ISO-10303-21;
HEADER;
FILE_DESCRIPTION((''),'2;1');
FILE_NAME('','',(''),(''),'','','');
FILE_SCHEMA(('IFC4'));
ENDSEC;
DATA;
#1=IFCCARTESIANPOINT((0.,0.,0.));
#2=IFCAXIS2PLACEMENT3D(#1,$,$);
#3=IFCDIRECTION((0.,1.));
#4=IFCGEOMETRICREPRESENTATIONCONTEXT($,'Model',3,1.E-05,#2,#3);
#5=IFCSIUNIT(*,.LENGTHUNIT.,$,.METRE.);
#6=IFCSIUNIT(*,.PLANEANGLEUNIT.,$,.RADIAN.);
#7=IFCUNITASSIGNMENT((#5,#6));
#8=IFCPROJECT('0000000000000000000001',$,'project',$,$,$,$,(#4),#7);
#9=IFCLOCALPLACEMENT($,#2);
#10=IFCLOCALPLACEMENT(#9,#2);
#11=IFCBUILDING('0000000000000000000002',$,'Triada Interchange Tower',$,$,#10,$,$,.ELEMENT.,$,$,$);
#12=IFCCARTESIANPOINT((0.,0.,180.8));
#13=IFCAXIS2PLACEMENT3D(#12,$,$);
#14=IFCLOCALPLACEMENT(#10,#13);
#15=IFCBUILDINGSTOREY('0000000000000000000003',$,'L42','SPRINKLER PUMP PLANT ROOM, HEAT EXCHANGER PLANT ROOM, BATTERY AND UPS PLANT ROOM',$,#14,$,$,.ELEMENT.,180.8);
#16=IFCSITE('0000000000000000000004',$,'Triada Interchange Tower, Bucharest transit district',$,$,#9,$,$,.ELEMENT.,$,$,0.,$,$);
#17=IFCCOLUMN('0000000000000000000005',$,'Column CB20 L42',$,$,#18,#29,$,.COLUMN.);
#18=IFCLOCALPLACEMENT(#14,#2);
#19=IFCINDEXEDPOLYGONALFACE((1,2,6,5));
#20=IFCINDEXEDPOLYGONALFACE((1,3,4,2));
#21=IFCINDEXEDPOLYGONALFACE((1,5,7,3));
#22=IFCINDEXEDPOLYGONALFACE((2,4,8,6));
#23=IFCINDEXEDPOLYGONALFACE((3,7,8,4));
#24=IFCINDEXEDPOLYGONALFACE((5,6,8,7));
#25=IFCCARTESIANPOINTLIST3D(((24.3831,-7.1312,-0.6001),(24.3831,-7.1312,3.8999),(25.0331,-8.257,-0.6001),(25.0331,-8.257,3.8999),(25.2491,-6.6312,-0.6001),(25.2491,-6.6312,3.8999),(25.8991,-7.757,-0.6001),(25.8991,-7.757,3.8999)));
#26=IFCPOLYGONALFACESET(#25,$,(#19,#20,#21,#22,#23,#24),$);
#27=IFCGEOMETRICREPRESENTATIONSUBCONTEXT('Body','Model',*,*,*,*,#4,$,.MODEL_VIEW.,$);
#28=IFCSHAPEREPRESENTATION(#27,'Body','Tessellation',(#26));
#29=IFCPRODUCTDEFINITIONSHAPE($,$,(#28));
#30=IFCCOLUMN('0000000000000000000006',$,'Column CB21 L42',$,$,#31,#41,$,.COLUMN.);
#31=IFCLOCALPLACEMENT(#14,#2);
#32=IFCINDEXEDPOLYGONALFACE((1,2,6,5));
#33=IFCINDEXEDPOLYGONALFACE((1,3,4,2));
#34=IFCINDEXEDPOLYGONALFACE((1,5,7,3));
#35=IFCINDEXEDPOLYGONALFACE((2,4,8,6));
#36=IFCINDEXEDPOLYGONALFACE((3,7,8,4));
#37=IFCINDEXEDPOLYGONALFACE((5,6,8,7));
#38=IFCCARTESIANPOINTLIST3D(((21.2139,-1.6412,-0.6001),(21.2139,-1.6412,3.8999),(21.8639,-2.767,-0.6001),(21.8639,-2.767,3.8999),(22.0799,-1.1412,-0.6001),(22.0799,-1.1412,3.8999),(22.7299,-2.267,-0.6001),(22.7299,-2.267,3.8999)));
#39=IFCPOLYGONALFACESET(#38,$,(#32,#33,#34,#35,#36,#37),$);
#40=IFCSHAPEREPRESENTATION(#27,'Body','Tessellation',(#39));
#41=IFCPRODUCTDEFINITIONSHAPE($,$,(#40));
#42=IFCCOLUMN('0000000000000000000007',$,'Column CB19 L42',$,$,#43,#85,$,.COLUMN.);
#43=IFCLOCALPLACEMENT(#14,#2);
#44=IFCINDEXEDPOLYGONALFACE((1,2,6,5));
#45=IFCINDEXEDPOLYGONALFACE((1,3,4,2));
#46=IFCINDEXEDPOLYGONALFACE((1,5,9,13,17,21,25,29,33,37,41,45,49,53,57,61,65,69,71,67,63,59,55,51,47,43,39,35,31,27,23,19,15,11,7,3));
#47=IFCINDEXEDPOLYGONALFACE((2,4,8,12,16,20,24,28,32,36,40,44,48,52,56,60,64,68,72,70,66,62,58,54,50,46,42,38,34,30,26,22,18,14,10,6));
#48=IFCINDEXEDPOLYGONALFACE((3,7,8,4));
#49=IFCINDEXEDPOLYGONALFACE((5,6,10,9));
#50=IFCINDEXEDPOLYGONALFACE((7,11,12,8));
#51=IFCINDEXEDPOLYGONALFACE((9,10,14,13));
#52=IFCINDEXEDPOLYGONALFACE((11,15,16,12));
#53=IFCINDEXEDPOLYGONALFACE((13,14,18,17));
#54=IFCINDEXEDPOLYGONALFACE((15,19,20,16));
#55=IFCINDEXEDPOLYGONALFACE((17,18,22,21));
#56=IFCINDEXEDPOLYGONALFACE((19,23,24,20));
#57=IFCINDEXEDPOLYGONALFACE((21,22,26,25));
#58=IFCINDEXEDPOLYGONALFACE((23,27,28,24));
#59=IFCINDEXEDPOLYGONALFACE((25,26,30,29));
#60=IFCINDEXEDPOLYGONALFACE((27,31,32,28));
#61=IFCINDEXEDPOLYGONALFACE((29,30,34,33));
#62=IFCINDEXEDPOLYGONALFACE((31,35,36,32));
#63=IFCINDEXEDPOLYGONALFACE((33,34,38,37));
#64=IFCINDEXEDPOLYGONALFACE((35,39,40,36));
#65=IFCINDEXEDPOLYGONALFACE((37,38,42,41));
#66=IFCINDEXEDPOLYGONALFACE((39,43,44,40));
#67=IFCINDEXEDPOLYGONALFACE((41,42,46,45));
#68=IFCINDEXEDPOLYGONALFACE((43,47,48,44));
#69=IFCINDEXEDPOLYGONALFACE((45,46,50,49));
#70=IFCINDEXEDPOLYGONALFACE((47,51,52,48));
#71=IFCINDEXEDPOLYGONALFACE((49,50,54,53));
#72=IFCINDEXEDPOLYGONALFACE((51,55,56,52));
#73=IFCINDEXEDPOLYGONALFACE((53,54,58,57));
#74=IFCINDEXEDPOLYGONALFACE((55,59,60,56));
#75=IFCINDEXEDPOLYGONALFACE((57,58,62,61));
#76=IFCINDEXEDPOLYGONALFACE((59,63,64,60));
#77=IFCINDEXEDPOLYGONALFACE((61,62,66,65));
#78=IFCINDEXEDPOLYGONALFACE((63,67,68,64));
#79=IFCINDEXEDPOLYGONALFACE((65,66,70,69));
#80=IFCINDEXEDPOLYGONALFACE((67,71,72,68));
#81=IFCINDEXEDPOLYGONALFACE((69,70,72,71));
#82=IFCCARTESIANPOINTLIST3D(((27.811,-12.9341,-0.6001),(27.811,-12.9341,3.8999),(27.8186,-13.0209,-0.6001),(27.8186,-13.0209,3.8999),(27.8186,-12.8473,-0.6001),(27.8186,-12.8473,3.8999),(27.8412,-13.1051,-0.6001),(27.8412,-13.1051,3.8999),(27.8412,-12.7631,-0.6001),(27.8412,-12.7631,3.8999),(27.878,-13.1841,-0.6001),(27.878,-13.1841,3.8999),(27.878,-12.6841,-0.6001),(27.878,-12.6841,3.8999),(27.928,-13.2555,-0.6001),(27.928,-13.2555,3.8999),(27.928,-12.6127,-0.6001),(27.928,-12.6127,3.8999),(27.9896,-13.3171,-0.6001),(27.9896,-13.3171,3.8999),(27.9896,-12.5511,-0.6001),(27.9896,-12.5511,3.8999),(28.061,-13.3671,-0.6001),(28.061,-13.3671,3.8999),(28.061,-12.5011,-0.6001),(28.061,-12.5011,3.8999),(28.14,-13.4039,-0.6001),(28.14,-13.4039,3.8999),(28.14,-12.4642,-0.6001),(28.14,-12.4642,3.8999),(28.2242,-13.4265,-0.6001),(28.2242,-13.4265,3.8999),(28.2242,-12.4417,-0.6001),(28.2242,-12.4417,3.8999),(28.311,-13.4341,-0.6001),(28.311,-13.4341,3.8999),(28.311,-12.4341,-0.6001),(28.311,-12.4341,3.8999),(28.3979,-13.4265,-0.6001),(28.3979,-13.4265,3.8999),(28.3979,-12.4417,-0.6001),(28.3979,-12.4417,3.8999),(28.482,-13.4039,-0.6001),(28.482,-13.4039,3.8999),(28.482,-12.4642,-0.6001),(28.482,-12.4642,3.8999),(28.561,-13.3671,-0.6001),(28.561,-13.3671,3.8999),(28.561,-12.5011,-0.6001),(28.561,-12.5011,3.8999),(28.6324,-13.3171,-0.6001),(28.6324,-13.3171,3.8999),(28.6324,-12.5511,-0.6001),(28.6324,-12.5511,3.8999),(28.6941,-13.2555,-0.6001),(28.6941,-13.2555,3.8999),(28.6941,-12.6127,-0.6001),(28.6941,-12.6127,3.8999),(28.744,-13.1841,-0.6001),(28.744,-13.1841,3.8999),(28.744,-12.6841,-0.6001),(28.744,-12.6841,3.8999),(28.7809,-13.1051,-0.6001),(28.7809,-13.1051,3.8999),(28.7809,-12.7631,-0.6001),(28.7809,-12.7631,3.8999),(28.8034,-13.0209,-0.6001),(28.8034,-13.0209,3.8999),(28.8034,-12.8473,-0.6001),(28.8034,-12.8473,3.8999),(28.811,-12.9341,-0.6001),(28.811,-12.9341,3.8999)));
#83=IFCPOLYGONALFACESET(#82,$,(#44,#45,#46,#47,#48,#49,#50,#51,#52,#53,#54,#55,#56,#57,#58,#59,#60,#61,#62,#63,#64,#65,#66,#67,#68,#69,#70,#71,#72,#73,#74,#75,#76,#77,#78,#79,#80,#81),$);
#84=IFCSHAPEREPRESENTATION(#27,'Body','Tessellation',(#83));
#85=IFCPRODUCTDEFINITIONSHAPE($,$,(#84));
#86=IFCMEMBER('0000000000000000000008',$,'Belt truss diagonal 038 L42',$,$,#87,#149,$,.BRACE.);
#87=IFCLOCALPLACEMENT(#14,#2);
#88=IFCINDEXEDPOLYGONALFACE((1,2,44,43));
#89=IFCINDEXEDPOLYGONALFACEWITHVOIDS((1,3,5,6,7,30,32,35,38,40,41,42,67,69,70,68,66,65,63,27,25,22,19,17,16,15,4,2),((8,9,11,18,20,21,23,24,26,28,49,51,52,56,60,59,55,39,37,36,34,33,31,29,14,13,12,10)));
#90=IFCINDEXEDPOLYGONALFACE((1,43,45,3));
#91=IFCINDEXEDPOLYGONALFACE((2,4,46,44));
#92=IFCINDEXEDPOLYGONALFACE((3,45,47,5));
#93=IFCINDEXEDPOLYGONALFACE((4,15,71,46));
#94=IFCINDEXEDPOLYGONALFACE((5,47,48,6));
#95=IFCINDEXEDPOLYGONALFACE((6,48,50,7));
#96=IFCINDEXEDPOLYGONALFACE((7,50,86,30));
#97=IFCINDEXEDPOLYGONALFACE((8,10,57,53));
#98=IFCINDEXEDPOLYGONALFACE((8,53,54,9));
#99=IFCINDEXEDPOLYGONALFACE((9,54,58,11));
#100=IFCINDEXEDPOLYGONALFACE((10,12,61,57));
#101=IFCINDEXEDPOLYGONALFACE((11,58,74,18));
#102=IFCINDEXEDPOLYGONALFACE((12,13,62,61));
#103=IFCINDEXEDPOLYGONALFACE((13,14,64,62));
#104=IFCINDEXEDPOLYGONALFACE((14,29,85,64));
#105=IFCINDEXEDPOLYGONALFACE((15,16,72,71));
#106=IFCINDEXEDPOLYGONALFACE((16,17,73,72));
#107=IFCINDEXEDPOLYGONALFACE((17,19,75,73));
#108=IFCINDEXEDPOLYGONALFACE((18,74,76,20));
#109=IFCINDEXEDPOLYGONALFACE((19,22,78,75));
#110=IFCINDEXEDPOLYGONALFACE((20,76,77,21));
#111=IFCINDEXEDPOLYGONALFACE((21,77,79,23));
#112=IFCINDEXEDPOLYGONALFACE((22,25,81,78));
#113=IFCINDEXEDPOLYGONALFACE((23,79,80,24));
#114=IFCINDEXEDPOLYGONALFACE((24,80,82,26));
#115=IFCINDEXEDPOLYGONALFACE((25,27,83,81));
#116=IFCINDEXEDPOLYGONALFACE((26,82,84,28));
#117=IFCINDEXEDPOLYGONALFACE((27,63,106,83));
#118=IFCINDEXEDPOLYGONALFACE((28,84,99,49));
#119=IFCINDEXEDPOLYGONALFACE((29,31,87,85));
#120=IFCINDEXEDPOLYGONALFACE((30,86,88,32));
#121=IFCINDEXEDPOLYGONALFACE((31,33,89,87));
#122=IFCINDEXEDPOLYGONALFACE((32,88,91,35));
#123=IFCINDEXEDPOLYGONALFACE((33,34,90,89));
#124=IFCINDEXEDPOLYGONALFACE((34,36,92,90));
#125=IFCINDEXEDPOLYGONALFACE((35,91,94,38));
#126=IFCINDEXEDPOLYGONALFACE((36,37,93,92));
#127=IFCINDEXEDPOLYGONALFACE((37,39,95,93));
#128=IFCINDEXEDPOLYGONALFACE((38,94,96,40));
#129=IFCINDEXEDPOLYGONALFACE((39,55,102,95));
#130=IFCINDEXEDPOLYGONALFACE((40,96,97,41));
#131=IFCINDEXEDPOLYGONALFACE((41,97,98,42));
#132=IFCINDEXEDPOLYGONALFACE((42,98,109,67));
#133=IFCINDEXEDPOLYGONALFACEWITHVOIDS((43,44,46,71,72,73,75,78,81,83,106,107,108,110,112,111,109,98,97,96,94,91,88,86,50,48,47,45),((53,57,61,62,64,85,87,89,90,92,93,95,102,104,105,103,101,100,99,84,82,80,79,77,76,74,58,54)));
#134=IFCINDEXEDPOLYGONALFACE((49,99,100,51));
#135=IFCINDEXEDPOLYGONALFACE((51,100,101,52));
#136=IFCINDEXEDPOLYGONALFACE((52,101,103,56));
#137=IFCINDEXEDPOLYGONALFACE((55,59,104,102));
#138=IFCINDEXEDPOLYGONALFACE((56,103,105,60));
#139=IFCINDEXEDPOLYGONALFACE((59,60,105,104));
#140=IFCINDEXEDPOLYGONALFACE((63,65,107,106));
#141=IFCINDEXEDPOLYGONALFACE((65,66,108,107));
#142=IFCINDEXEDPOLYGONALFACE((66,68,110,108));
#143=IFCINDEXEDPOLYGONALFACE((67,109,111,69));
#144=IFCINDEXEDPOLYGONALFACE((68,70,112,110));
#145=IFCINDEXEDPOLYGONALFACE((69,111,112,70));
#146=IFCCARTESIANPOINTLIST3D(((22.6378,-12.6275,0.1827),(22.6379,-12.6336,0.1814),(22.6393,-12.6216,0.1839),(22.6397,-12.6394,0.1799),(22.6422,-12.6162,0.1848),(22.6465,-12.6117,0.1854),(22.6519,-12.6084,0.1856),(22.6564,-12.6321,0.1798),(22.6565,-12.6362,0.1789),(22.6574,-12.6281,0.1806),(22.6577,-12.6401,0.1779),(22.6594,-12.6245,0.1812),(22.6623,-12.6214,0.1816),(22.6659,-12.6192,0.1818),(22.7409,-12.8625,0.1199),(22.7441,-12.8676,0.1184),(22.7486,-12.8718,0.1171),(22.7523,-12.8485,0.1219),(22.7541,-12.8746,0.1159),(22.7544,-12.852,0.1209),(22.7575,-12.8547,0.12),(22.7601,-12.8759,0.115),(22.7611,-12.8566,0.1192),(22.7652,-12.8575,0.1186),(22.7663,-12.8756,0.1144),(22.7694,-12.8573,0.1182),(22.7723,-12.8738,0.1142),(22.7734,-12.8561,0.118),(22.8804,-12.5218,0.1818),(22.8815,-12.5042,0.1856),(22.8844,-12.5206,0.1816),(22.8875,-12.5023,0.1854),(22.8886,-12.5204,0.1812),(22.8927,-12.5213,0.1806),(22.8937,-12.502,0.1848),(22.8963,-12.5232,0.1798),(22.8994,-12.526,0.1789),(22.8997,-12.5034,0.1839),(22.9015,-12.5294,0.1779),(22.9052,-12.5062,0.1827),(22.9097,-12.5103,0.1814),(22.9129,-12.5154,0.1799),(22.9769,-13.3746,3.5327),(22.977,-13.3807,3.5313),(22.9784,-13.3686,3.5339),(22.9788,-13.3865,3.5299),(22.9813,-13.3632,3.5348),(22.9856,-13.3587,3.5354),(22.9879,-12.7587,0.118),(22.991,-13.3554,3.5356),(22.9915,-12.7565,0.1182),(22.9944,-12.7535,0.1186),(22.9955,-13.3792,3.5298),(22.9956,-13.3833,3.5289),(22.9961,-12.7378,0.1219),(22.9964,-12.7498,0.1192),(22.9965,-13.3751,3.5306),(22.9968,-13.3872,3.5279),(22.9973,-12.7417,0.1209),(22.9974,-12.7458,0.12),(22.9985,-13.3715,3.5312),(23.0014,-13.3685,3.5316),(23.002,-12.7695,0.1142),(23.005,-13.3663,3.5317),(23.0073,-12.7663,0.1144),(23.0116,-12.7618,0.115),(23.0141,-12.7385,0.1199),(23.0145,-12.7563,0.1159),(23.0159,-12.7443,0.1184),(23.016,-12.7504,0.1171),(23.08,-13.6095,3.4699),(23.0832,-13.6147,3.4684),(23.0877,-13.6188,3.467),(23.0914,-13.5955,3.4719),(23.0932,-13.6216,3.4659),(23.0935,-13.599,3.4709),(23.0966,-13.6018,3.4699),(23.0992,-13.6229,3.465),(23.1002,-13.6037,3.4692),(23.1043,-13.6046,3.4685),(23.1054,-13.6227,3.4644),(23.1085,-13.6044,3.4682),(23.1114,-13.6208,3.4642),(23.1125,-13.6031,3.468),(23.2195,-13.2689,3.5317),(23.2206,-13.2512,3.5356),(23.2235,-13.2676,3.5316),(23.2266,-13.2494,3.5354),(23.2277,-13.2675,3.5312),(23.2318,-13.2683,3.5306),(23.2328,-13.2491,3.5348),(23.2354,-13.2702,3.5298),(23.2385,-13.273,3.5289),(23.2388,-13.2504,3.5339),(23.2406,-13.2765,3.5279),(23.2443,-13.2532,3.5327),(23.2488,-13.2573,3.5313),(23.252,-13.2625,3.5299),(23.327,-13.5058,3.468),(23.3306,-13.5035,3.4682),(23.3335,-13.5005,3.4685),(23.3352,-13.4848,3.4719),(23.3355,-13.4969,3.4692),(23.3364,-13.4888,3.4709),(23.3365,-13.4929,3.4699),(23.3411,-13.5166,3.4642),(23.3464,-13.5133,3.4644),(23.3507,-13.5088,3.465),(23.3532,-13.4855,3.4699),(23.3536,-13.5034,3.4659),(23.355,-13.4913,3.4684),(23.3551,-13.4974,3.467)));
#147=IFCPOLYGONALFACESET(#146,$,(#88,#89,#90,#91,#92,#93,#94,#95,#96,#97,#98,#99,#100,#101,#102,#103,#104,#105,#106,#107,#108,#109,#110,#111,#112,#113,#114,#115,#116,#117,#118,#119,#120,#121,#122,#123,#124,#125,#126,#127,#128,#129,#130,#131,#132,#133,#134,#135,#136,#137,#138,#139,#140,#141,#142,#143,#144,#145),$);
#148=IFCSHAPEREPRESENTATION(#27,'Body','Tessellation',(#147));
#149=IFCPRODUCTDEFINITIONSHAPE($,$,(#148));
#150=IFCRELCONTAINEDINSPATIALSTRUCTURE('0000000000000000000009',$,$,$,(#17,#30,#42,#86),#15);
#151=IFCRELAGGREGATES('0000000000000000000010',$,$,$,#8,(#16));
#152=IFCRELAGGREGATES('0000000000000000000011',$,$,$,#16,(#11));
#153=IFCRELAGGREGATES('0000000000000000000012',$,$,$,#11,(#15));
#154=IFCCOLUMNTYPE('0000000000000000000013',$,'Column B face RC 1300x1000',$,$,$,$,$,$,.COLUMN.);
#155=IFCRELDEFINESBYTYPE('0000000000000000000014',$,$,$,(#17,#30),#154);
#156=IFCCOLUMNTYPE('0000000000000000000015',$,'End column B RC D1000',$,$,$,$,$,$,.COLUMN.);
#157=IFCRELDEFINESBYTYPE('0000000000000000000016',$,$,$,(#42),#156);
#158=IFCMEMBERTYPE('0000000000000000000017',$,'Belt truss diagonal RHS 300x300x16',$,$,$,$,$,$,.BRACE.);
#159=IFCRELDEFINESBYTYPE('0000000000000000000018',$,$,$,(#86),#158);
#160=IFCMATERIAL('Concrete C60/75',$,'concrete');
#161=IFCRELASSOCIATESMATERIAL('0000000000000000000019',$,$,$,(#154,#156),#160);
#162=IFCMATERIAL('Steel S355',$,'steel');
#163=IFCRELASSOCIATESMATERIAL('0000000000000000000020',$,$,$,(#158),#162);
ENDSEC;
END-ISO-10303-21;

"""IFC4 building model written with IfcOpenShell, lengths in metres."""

from ifc_helpers import new_model, si_unit, direction, frame, origin, origin_2d, place, context, subcontext, project, spatial, rectangle, hollow_rectangle, circle, extrude, material, material_profile, profile_set, type_object, element, save


model = new_model("IFC4")

# Units and contexts
model_context = context("Model", 3, precision=1e-05, world=origin(), true_north=direction((0.0, 1.0)))
body_context = subcontext(model_context, "Body", "Model", "MODEL_VIEW")
ifc_project = project(units=[si_unit("LENGTHUNIT", "METRE"), si_unit("PLANEANGLEUNIT", "RADIAN")], contexts=[model_context])

# Site, building, storey
site_placement = place(None, origin())
site = spatial("IfcSite", under=ifc_project, at=site_placement, Name="Triada Interchange Tower, Bucharest transit district", CompositionType="ELEMENT", RefElevation=0.0)
building_placement = place(site_placement, origin())
building = spatial("IfcBuilding", under=site, at=building_placement, Name="Triada Interchange Tower", CompositionType="ELEMENT")
storey_placement = place(building_placement, frame((0.0, 0.0, 180.8)))
storey = spatial("IfcBuildingStorey", under=building, at=storey_placement, Name="L42", Description="SPRINKLER PUMP PLANT ROOM, HEAT EXCHANGER PLANT ROOM, BATTERY AND UPS PLANT ROOM", CompositionType="ELEMENT", Elevation=180.8)

# Columns
ifc_material_1 = material(Name="Concrete C60/75", Category="concrete")
ifc_material_profile_1 = material_profile(ifc_material_1, rectangle(XDim=1.3, YDim=1.0, at=origin_2d()), Name="RC 1300x1000")
ifc_profile_set_1 = profile_set([ifc_material_profile_1], Name="Concrete C60/75")
column_type_1 = type_object("IfcColumnType", Name="Column B face RC 1300x1000", PredefinedType="COLUMN", material=ifc_profile_set_1)
for number, where, z_axis, x_axis, name in (
    (1, (25.1411, -7.4441, -0.6001), (0.0, 0.0, 1.0), (-0.5, 0.866025, 0.0), "Column CB20 L42"),
    (2, (21.9719, -1.9541, -0.6001), (0.0, 0.0, 1.0), (-0.5, 0.866025, 0.0), "Column CB21 L42"),
):
    element("IfcColumn", number, at=place(storey_placement, frame(where, z_axis=z_axis, x_axis=x_axis)), inside=storey, type_object=column_type_1, Name=name, PredefinedType="COLUMN", context=body_context, shape_type="SweptSolid", body=[
        extrude(rectangle(XDim=1.3, YDim=1.0, at=origin_2d()), origin(), (0.0, 0.0, 1.0), 4.5),
    ])
ifc_material_profile_2 = material_profile(ifc_material_1, circle(Radius=0.5, at=origin_2d()), Name="RC D1000")
ifc_profile_set_2 = profile_set([ifc_material_profile_2], Name="Concrete C60/75")
column_type_2 = type_object("IfcColumnType", Name="End column B RC D1000", PredefinedType="COLUMN", material=ifc_profile_set_2)
column_placement = place(storey_placement, frame((28.311, -12.9341, -0.6001), z_axis=(0.0, 0.0, 1.0), x_axis=(-0.5, 0.866025, 0.0)))
element("IfcColumn", 3, at=column_placement, inside=storey, type_object=column_type_2, Name="Column CB19 L42", PredefinedType="COLUMN", context=body_context, shape_type="SweptSolid", body=[
    extrude(circle(Radius=0.5, at=origin_2d()), origin(), (0.0, 0.0, 1.0), 4.5),
])

# Member
ifc_material_2 = material(Name="Steel S355", Category="steel")
ifc_material_profile_3 = material_profile(ifc_material_2, hollow_rectangle(XDim=0.3, YDim=0.3, WallThickness=0.0161, InnerFilletRadius=0.0161, OuterFilletRadius=0.0239, at=origin_2d()), Name="RHS 300x300x16")
ifc_profile_set_3 = profile_set([ifc_material_profile_3], Name="Steel S355")
member_type_1 = type_object("IfcMemberType", Name="Belt truss diagonal RHS 300x300x16", PredefinedType="BRACE", material=ifc_profile_set_3)
member_1_placement = place(storey_placement, frame((22.8269, -12.689, 0.1499), z_axis=(0.098319, -0.216599, 0.971297), x_axis=(0.91058, 0.413332, 0.0)))
element("IfcMember", 4, at=member_1_placement, inside=storey, type_object=member_type_1, Name="Belt truss diagonal 038 L42", PredefinedType="BRACE", context=body_context, shape_type="SweptSolid", body=[
    extrude(hollow_rectangle(XDim=0.3, YDim=0.3, WallThickness=0.0161, InnerFilletRadius=0.0161, OuterFilletRadius=0.0239, at=origin_2d()), origin(), (0.0, 0.0, 1.0), 3.449),
])

save(model, "model.ifc")
